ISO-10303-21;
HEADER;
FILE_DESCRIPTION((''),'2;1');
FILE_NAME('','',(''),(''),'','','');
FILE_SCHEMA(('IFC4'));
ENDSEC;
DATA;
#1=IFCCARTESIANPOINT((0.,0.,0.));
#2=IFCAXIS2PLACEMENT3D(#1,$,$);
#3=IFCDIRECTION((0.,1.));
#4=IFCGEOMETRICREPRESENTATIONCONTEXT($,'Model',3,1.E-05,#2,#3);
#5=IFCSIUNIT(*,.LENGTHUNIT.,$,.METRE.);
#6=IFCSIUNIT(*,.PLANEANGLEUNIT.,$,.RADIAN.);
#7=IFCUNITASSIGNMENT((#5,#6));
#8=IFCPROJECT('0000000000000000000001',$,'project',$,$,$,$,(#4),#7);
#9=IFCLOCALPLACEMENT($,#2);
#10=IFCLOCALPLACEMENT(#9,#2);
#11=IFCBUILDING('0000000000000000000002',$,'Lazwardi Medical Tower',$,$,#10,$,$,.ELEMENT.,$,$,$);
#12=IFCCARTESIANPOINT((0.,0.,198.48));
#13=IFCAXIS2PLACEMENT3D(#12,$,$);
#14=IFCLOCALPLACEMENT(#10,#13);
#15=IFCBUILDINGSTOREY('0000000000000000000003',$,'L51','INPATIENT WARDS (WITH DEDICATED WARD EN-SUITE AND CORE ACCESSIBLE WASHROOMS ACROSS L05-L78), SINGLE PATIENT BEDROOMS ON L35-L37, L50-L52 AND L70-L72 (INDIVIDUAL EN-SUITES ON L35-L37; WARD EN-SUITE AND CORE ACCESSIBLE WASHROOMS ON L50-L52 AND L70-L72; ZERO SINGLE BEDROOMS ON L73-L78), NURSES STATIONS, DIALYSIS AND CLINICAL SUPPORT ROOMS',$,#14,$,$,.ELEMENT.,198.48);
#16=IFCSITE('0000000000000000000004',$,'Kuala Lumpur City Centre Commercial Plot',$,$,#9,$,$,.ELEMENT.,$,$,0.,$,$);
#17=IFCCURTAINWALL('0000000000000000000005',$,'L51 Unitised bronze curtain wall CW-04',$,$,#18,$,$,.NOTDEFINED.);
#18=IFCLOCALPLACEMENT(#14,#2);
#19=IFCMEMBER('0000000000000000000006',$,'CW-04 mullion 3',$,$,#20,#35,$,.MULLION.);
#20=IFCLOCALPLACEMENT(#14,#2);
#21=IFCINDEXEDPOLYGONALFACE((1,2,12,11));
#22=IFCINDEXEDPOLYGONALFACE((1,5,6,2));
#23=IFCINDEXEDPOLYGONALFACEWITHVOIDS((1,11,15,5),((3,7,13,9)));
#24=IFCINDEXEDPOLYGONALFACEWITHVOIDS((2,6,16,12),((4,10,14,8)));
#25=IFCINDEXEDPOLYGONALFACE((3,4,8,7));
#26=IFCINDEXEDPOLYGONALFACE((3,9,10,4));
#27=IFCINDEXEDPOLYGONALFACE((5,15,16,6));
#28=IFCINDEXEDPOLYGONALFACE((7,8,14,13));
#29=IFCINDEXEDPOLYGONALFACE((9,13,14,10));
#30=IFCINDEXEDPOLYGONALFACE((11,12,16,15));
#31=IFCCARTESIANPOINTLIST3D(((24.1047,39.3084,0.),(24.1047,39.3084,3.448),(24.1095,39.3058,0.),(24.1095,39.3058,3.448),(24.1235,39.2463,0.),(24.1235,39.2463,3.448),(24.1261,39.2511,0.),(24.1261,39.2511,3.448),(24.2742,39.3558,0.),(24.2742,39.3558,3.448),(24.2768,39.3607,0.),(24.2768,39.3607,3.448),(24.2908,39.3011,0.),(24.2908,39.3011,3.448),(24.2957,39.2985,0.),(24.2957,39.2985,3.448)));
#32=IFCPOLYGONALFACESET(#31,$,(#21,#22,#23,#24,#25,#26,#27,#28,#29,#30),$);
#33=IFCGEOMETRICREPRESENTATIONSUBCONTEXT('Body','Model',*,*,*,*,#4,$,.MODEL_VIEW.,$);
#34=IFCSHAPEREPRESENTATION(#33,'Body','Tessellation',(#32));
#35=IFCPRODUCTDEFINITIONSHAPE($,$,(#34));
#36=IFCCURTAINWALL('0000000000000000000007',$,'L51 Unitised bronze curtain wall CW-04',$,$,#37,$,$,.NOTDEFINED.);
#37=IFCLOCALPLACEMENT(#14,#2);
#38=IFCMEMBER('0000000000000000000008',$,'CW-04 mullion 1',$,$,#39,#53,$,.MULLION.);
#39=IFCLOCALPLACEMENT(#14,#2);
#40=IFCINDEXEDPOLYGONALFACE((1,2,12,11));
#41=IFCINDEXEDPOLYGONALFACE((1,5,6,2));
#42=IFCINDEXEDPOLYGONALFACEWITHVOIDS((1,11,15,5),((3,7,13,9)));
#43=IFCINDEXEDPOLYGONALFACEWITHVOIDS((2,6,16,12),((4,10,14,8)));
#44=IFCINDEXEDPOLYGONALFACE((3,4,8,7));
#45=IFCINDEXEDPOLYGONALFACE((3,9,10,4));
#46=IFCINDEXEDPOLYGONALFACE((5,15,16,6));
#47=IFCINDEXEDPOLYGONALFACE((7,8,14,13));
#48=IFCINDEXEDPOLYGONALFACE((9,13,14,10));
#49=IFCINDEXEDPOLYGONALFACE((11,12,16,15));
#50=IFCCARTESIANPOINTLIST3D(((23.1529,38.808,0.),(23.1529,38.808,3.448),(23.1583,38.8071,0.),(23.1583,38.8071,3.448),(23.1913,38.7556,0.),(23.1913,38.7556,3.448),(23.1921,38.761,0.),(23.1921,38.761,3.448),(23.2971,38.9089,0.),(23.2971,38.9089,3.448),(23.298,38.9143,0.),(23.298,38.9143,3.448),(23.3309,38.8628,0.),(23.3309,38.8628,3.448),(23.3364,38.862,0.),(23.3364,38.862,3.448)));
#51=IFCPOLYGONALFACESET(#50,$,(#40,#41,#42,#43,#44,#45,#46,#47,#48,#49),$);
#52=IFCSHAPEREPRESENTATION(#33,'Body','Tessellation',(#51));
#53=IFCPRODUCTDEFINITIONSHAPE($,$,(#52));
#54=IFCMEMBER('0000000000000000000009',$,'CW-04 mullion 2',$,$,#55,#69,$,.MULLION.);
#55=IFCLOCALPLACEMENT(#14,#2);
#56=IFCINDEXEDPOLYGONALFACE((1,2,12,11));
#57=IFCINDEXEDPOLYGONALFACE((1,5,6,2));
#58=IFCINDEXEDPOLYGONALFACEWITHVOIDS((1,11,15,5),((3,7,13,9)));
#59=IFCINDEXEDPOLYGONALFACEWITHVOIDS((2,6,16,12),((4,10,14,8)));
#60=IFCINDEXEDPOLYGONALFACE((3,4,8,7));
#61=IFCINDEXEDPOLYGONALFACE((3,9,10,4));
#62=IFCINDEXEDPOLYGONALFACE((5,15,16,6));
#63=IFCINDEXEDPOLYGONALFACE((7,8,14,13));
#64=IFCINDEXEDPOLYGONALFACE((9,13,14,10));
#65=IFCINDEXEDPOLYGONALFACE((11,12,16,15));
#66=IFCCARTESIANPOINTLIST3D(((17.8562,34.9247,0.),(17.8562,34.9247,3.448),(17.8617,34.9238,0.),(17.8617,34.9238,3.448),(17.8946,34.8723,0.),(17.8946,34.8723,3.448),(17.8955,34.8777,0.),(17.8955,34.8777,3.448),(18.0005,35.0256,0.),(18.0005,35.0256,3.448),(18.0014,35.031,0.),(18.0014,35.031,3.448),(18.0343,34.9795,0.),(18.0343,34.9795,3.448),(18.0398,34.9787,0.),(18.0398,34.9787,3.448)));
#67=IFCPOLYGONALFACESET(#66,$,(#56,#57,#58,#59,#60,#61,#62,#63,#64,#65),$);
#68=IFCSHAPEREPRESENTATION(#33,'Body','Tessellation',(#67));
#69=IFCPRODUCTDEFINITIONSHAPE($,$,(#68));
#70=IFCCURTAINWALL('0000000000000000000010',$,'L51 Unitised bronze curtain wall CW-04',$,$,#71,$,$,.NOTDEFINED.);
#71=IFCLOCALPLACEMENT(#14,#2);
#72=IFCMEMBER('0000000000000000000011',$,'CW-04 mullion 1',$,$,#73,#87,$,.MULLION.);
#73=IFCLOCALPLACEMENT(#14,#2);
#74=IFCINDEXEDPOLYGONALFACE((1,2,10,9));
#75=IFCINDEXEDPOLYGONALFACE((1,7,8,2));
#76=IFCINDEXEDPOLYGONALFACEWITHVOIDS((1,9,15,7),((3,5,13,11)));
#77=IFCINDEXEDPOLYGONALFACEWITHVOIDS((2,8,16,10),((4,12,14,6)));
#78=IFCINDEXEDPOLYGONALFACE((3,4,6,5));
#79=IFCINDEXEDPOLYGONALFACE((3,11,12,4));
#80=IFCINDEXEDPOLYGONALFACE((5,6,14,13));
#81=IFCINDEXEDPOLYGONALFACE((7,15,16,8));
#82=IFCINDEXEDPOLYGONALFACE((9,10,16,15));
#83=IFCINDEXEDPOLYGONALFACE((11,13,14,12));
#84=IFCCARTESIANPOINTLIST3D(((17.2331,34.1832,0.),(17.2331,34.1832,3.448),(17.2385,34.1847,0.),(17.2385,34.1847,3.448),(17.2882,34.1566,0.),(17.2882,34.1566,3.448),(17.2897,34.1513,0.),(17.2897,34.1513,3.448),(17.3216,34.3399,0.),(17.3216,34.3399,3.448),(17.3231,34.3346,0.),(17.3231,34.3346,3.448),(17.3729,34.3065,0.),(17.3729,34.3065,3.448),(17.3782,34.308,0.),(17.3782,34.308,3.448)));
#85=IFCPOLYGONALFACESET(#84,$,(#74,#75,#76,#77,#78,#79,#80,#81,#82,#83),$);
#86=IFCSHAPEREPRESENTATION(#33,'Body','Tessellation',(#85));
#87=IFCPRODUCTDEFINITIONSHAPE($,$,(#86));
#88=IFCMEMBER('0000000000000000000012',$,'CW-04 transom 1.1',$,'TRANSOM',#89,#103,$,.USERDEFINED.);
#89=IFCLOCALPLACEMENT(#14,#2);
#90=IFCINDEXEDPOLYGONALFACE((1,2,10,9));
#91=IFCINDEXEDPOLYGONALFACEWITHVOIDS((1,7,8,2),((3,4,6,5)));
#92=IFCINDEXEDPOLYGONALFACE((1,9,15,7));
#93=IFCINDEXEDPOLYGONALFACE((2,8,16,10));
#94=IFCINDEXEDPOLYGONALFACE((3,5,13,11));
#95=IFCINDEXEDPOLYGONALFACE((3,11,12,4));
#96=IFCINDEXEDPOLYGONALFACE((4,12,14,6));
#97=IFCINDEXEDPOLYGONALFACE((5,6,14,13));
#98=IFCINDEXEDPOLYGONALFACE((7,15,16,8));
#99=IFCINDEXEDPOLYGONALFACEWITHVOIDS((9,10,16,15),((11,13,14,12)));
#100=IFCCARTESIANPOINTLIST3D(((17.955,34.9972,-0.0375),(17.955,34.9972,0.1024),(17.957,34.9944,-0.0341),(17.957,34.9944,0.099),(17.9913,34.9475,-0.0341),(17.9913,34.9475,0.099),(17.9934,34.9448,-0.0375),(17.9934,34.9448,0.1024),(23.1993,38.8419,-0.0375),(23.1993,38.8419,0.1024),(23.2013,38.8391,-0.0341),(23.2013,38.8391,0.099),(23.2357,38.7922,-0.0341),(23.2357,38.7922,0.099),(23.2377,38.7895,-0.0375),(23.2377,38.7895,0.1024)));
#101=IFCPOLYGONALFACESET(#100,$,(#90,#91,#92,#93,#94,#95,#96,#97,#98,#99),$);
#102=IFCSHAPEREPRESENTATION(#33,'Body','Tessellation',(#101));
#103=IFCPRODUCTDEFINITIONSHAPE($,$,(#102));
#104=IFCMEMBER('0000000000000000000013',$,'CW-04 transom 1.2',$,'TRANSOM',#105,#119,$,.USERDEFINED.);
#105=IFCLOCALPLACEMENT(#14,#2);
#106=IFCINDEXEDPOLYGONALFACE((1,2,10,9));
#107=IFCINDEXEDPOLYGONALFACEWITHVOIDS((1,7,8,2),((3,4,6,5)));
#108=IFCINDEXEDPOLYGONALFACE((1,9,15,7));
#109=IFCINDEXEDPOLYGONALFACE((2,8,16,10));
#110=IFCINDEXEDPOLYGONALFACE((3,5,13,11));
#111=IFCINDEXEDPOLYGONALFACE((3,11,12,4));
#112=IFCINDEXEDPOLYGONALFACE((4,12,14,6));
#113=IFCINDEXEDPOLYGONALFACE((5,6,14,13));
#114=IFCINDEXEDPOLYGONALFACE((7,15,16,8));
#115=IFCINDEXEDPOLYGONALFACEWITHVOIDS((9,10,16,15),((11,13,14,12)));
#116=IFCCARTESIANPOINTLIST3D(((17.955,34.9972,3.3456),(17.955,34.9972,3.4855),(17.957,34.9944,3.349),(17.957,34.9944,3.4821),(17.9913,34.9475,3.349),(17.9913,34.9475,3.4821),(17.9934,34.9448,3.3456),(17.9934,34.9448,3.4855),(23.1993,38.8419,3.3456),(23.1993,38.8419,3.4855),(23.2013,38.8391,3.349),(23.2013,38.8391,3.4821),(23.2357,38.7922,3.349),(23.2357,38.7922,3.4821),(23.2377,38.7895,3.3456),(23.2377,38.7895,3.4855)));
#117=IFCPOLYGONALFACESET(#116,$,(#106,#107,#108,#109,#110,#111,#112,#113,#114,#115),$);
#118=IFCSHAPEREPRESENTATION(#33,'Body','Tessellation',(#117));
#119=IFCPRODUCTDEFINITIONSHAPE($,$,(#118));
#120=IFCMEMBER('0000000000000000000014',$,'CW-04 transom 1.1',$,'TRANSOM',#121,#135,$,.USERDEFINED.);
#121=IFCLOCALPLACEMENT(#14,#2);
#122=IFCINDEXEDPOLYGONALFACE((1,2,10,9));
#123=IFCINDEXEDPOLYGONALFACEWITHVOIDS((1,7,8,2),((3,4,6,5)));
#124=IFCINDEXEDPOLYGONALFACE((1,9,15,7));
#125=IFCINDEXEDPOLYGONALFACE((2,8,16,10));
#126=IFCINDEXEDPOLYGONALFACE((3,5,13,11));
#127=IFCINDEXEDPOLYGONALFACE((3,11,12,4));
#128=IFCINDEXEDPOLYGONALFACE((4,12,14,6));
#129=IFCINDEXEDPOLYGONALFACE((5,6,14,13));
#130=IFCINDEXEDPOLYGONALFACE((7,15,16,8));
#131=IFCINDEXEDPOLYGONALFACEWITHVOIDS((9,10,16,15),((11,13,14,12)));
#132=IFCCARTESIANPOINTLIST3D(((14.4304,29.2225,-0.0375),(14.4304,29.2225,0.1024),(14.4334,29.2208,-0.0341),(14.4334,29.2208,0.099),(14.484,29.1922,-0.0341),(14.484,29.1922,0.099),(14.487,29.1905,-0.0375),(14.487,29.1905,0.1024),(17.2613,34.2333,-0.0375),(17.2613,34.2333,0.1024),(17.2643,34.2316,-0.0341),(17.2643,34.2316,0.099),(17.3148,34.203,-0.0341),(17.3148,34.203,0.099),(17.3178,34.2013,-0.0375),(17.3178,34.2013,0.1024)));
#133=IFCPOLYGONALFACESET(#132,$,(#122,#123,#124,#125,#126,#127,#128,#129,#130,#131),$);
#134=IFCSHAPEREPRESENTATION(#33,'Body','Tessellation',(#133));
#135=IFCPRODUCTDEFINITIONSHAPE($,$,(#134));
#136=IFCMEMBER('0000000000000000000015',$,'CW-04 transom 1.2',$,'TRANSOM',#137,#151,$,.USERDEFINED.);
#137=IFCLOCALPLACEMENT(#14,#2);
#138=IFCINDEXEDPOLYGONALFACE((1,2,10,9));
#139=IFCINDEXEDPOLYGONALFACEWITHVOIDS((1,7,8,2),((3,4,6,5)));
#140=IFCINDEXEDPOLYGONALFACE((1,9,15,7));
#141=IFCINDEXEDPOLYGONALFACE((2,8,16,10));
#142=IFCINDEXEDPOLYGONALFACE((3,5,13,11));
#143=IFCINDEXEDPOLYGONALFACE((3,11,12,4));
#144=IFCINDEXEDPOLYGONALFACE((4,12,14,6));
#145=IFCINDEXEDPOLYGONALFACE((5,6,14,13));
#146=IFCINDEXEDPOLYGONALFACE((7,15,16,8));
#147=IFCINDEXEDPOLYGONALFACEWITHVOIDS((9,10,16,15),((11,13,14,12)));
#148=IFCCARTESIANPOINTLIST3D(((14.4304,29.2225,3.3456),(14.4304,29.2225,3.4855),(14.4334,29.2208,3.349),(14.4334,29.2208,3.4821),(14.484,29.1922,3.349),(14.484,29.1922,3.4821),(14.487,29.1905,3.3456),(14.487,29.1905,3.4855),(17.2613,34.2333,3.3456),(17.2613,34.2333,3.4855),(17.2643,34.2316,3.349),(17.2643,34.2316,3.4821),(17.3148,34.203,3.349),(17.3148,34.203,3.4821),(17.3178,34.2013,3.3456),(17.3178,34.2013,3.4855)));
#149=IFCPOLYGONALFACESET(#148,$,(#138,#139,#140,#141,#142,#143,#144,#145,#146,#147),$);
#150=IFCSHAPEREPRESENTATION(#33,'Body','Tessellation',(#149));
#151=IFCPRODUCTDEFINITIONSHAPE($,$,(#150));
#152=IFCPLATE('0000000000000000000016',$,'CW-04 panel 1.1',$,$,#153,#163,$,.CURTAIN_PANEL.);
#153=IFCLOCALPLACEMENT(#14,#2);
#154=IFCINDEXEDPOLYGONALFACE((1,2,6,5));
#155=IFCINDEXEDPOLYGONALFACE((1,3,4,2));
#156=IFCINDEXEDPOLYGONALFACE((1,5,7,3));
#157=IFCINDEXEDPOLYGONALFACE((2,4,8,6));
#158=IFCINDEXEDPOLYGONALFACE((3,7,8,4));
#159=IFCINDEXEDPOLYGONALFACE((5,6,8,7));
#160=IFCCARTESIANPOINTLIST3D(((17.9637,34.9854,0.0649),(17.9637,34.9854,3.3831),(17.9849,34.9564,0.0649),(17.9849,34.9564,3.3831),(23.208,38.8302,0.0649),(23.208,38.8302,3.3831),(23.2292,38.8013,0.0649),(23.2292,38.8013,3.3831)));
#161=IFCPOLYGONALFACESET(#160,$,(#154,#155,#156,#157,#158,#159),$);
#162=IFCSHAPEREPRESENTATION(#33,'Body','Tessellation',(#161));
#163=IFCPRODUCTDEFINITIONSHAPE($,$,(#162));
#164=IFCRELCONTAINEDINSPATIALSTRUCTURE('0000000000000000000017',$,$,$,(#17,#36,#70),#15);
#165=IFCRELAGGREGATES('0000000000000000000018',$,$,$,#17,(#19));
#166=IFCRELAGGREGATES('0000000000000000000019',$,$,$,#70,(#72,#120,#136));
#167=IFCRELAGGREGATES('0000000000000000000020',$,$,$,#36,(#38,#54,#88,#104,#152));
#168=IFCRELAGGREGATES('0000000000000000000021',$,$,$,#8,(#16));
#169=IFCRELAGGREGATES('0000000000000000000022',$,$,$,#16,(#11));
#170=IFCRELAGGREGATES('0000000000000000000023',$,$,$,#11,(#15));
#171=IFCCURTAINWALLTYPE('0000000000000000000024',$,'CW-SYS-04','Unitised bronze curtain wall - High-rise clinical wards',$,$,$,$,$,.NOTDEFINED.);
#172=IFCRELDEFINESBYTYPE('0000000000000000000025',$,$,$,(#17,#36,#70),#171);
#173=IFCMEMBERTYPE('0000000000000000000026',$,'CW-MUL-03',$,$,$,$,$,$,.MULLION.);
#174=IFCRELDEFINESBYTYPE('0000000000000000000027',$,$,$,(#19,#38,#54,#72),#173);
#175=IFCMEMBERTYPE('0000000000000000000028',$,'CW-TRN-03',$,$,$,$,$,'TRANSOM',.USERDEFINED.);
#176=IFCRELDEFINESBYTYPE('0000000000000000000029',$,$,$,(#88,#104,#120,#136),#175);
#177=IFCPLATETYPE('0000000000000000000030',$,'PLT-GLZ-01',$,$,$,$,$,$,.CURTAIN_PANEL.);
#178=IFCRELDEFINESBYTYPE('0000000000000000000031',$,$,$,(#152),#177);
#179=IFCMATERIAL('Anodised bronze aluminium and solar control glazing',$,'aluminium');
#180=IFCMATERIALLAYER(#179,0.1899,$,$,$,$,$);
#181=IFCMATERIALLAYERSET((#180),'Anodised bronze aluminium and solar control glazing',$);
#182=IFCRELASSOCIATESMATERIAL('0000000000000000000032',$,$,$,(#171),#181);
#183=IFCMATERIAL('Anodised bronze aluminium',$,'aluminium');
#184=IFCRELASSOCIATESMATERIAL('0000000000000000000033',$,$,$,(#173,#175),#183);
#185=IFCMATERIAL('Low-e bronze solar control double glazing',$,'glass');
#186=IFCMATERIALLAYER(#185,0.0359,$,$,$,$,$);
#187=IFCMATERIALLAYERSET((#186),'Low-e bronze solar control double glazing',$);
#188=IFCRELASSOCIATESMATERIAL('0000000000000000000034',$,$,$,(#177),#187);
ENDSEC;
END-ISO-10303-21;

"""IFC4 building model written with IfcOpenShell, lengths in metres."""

from ifc_helpers import new_model, si_unit, direction, frame, origin, origin_2d, place, context, subcontext, project, spatial, rectangle, hollow_rectangle, extrude, material, layer, layer_set, material_profile, profile_set, type_object, element, aggregate, save


model = new_model("IFC4")

# Units and contexts
model_context = context("Model", 3, precision=1e-05, world=origin(), true_north=direction((0.0, 1.0)))
body_context = subcontext(model_context, "Body", "Model", "MODEL_VIEW")
ifc_project = project(units=[si_unit("LENGTHUNIT", "METRE"), si_unit("PLANEANGLEUNIT", "RADIAN")], contexts=[model_context])

# Site, building, storey
site_placement = place(None, origin())
site = spatial("IfcSite", under=ifc_project, at=site_placement, Name="Kuala Lumpur City Centre Commercial Plot", CompositionType="ELEMENT", RefElevation=0.0)
building_placement = place(site_placement, origin())
building = spatial("IfcBuilding", under=site, at=building_placement, Name="Lazwardi Medical Tower", CompositionType="ELEMENT")
storey_placement = place(building_placement, frame((0.0, 0.0, 198.48)))
storey = spatial("IfcBuildingStorey", under=building, at=storey_placement, Name="L51", Description="INPATIENT WARDS (WITH DEDICATED WARD EN-SUITE AND CORE ACCESSIBLE WASHROOMS ACROSS L05-L78), SINGLE PATIENT BEDROOMS ON L35-L37, L50-L52 AND L70-L72 (INDIVIDUAL EN-SUITES ON L35-L37; WARD EN-SUITE AND CORE ACCESSIBLE WASHROOMS ON L50-L52 AND L70-L72; ZERO SINGLE BEDROOMS ON L73-L78), NURSES STATIONS, DIALYSIS AND CLINICAL SUPPORT ROOMS", CompositionType="ELEMENT", Elevation=198.48)

# Curtain wall, member
ifc_material_1 = material(Name="Anodised bronze aluminium and solar control glazing", Category="aluminium")
ifc_layer_1 = layer(ifc_material_1, 0.1899)
ifc_layer_set_1 = layer_set([ifc_layer_1], Name="Anodised bronze aluminium and solar control glazing")
curtain_wall_type = type_object("IfcCurtainWallType", Name="CW-SYS-04", Description="Unitised bronze curtain wall - High-rise clinical wards", PredefinedType="NOTDEFINED", material=ifc_layer_set_1)
curtain_wall_1_placement = place(storey_placement, origin())
curtain_wall_1 = element("IfcCurtainWall", 1, at=curtain_wall_1_placement, inside=storey, type_object=curtain_wall_type, Name="L51 Unitised bronze curtain wall CW-04", PredefinedType="NOTDEFINED")
ifc_material_2 = material(Name="Anodised bronze aluminium", Category="aluminium")
ifc_material_profile_1 = material_profile(ifc_material_2, hollow_rectangle(XDim=0.0649, YDim=0.1799, WallThickness=0.0039, at=origin_2d()), Name="ALU-MULLION 180x65x4")
ifc_profile_set_1 = profile_set([ifc_material_profile_1], Name="Anodised bronze aluminium")
member_type_1 = type_object("IfcMemberType", Name="CW-MUL-03", PredefinedType="MULLION", material=ifc_profile_set_1)
member_1_placement = place(storey_placement, frame((24.2002, 39.3035, 0.0), z_axis=(0.0, 0.0, 1.0), x_axis=(0.290582, -0.95685, 0.0)))
member_1 = element("IfcMember", 2, at=member_1_placement, type_object=member_type_1, Name="CW-04 mullion 3", PredefinedType="MULLION", context=body_context, shape_type="SweptSolid", body=[
    extrude(hollow_rectangle(XDim=0.0649, YDim=0.1799, WallThickness=0.0039, at=origin_2d()), origin(), (0.0, 0.0, 1.0), 3.448),
])
aggregate(curtain_wall_1, [member_1])

# Curtain wall, members
curtain_wall_2_placement = place(storey_placement, origin())
curtain_wall_2 = element("IfcCurtainWall", 3, at=curtain_wall_2_placement, inside=storey, type_object=curtain_wall_type, Name="L51 Unitised bronze curtain wall CW-04", PredefinedType="NOTDEFINED")
member_2_placement = place(storey_placement, frame((23.2446, 38.835, 0.0), z_axis=(0.0, 0.0, 1.0), x_axis=(0.591268, -0.806475, 0.0)))
member_2 = element("IfcMember", 4, at=member_2_placement, type_object=member_type_1, Name="CW-04 mullion 1", PredefinedType="MULLION", context=body_context, shape_type="SweptSolid", body=[
    extrude(hollow_rectangle(XDim=0.0649, YDim=0.1799, WallThickness=0.0039, at=origin_2d()), origin(), (0.0, 0.0, 1.0), 3.448),
])
member_3_placement = place(storey_placement, frame((17.948, 34.9517, 0.0), z_axis=(0.0, 0.0, 1.0), x_axis=(0.591268, -0.806475, 0.0)))
member_3 = element("IfcMember", 5, at=member_3_placement, type_object=member_type_1, Name="CW-04 mullion 2", PredefinedType="MULLION", context=body_context, shape_type="SweptSolid", body=[
    extrude(hollow_rectangle(XDim=0.0649, YDim=0.1799, WallThickness=0.0039, at=origin_2d()), origin(), (0.0, 0.0, 1.0), 3.448),
])

# Curtain wall, member
curtain_wall_3_placement = place(storey_placement, origin())
curtain_wall_3 = element("IfcCurtainWall", 6, at=curtain_wall_3_placement, inside=storey, type_object=curtain_wall_type, Name="L51 Unitised bronze curtain wall CW-04", PredefinedType="NOTDEFINED")
member_4_placement = place(storey_placement, frame((17.3057, 34.2456, 0.0), z_axis=(0.0, 0.0, 1.0), x_axis=(0.870651, -0.4919, 0.0)))
member_4 = element("IfcMember", 7, at=member_4_placement, type_object=member_type_1, Name="CW-04 mullion 1", PredefinedType="MULLION", context=body_context, shape_type="SweptSolid", body=[
    extrude(hollow_rectangle(XDim=0.0649, YDim=0.1799, WallThickness=0.0039, at=origin_2d()), origin(), (0.0, 0.0, 1.0), 3.448),
])

# Members
ifc_material_profile_2 = material_profile(ifc_material_2, hollow_rectangle(XDim=0.0649, YDim=0.1399, WallThickness=0.0034, at=origin_2d()), Name="ALU-TRANSOM 140x65x3.5")
ifc_profile_set_2 = profile_set([ifc_material_profile_2], Name="Anodised bronze aluminium")
member_type_2 = type_object("IfcMemberType", Name="CW-TRN-03", ElementType="TRANSOM", PredefinedType="USERDEFINED", material=ifc_profile_set_2)
member_5_placement = place(storey_placement, frame((23.2185, 38.8157, 0.0325), z_axis=(-0.80649, -0.591248, 0.0), x_axis=(0.591248, -0.80649, 0.0)))
member_5 = element("IfcMember", 8, at=member_5_placement, type_object=member_type_2, Name="CW-04 transom 1.1", ObjectType="TRANSOM", PredefinedType="USERDEFINED", context=body_context, shape_type="SweptSolid", body=[
    extrude(hollow_rectangle(XDim=0.0649, YDim=0.1399, WallThickness=0.0034, at=origin_2d()), origin(), (0.0, 0.0, 1.0), 6.5027),
])
member_6_placement = place(storey_placement, frame((23.2185, 38.8157, 3.4155), z_axis=(-0.80649, -0.591248, 0.0), x_axis=(0.591248, -0.80649, 0.0)))
member_6 = element("IfcMember", 9, at=member_6_placement, type_object=member_type_2, Name="CW-04 transom 1.2", ObjectType="TRANSOM", PredefinedType="USERDEFINED", context=body_context, shape_type="SweptSolid", body=[
    extrude(hollow_rectangle(XDim=0.0649, YDim=0.1399, WallThickness=0.0034, at=origin_2d()), origin(), (0.0, 0.0, 1.0), 6.5027),
])
member_7_placement = place(storey_placement, frame((17.2896, 34.2173, 0.0325), z_axis=(-0.49188, -0.870663, 0.0), x_axis=(0.870663, -0.49188, 0.0)))
member_7 = element("IfcMember", 10, at=member_7_placement, type_object=member_type_2, Name="CW-04 transom 1.1", ObjectType="TRANSOM", PredefinedType="USERDEFINED", context=body_context, shape_type="SweptSolid", body=[
    extrude(hollow_rectangle(XDim=0.0649, YDim=0.1399, WallThickness=0.0034, at=origin_2d()), origin(), (0.0, 0.0, 1.0), 5.7551),
])
member_8_placement = place(storey_placement, frame((17.2896, 34.2173, 3.4155), z_axis=(-0.49188, -0.870663, 0.0), x_axis=(0.870663, -0.49188, 0.0)))
member_8 = element("IfcMember", 11, at=member_8_placement, type_object=member_type_2, Name="CW-04 transom 1.2", ObjectType="TRANSOM", PredefinedType="USERDEFINED", context=body_context, shape_type="SweptSolid", body=[
    extrude(hollow_rectangle(XDim=0.0649, YDim=0.1399, WallThickness=0.0034, at=origin_2d()), origin(), (0.0, 0.0, 1.0), 5.7551),
])
aggregate(curtain_wall_3, [member_4, member_7, member_8])

# Plate
ifc_material_3 = material(Name="Low-e bronze solar control double glazing", Category="glass")
ifc_layer_2 = layer(ifc_material_3, 0.0359)
ifc_layer_set_2 = layer_set([ifc_layer_2], Name="Low-e bronze solar control double glazing")
plate_type = type_object("IfcPlateType", Name="PLT-GLZ-01", PredefinedType="CURTAIN_PANEL", material=ifc_layer_set_2)
plate_placement = place(storey_placement, frame((20.5964, 36.8933, 0.0649), z_axis=(0.0, 0.0, 1.0), x_axis=(-0.806475, -0.591268, 0.0)))
plate = element("IfcPlate", 12, at=plate_placement, type_object=plate_type, Name="CW-04 panel 1.1", PredefinedType="CURTAIN_PANEL", context=body_context, shape_type="SweptSolid", body=[
    extrude(rectangle(XDim=6.5027, YDim=0.0359, at=origin_2d()), origin(), (0.0, 0.0, 1.0), 3.3181),
])
aggregate(curtain_wall_2, [member_2, member_3, member_5, member_6, plate])

save(model, "model.ifc")
